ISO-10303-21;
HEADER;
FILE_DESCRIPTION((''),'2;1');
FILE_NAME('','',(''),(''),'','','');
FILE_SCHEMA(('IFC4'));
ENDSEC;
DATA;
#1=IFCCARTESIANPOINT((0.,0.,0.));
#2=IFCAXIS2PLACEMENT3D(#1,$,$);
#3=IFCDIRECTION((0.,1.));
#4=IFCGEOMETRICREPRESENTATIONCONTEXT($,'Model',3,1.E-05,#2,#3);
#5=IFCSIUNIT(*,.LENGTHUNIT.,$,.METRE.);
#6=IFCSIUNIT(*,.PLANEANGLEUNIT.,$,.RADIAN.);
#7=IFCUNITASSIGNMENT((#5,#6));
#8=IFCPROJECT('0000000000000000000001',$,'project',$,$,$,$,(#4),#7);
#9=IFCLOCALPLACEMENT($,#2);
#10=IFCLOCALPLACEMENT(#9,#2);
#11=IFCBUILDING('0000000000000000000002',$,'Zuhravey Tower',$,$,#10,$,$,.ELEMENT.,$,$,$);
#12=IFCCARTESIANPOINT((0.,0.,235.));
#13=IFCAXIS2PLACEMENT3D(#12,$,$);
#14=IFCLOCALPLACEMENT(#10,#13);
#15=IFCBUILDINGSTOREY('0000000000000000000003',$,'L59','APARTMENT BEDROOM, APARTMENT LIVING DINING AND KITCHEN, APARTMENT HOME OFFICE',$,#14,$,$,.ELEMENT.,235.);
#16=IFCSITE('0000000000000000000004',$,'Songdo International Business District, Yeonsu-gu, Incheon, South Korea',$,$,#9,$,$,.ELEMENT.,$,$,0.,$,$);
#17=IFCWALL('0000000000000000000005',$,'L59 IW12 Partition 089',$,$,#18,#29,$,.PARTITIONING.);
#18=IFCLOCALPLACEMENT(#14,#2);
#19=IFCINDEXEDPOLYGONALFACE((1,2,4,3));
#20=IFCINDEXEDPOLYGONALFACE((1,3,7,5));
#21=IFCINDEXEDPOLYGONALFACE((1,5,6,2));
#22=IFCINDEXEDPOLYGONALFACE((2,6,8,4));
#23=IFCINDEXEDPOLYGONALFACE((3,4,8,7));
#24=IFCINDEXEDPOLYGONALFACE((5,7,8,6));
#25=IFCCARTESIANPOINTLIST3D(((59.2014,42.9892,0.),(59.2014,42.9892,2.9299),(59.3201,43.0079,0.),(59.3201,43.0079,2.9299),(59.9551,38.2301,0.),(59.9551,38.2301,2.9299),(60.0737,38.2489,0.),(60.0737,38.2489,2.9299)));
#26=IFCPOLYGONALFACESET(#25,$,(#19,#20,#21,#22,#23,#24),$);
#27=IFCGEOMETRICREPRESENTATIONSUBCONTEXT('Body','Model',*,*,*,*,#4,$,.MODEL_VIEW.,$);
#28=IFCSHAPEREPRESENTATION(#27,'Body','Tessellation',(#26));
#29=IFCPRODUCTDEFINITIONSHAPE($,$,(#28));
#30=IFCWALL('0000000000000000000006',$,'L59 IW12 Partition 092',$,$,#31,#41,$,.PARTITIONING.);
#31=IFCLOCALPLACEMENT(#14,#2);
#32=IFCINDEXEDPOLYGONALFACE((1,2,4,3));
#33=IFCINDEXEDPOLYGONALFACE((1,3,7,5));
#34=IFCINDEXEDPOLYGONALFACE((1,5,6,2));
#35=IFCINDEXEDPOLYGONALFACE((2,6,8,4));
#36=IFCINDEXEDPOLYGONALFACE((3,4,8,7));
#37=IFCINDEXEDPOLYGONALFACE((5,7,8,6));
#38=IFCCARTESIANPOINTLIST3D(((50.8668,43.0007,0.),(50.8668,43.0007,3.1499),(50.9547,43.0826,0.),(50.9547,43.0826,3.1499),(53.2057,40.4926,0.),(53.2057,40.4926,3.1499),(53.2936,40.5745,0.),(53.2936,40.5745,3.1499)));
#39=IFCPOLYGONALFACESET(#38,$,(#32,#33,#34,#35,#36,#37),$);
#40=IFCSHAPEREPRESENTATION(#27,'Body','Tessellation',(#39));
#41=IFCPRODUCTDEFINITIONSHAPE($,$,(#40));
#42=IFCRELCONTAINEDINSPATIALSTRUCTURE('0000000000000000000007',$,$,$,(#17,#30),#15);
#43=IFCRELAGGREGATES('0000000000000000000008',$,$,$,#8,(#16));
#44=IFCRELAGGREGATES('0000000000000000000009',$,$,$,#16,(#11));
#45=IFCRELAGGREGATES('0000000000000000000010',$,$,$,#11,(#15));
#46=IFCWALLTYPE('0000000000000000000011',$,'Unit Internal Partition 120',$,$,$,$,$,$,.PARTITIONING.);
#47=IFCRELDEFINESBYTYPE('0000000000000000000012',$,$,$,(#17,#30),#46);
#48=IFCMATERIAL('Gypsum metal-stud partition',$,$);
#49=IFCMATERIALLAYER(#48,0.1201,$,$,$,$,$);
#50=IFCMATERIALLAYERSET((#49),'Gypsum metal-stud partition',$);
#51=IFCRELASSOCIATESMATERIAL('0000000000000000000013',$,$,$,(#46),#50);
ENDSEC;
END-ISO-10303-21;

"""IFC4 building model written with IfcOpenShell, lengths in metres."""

from ifc_helpers import new_model, si_unit, direction, frame, frame_2d, origin, place, context, subcontext, project, spatial, rectangle, extrude, material, layer, layer_set, type_object, element, save


model = new_model("IFC4")

# Units and contexts
model_context = context("Model", 3, precision=1e-05, world=origin(), true_north=direction((0.0, 1.0)))
body_context = subcontext(model_context, "Body", "Model", "MODEL_VIEW")
ifc_project = project(units=[si_unit("LENGTHUNIT", "METRE"), si_unit("PLANEANGLEUNIT", "RADIAN")], contexts=[model_context])

# Site, building, storey
site_placement = place(None, origin())
site = spatial("IfcSite", under=ifc_project, at=site_placement, Name="Songdo International Business District, Yeonsu-gu, Incheon, South Korea", CompositionType="ELEMENT", RefElevation=0.0)
building_placement = place(site_placement, origin())
building = spatial("IfcBuilding", under=site, at=building_placement, Name="Zuhravey Tower", CompositionType="ELEMENT")
storey_placement = place(building_placement, frame((0.0, 0.0, 235.0)))
storey = spatial("IfcBuildingStorey", under=building, at=storey_placement, Name="L59", Description="APARTMENT BEDROOM, APARTMENT LIVING DINING AND KITCHEN, APARTMENT HOME OFFICE", CompositionType="ELEMENT", Elevation=235.0)

# Shared definitions
ifc_material_1 = material(Name="Gypsum metal-stud partition")
ifc_layer_1 = layer(ifc_material_1, 0.1201)
ifc_layer_set_1 = layer_set([ifc_layer_1], Name="Gypsum metal-stud partition")
wall_type_1 = type_object("IfcWallType", Name="Unit Internal Partition 120", PredefinedType="PARTITIONING", material=ifc_layer_set_1)

# Walls
wall_1_placement = place(storey_placement, frame((60.0144, 38.2395, 0.0), z_axis=(0.0, 0.0, 1.0), x_axis=(-0.156415, 0.987691, 0.0)))
element("IfcWall", 1, at=wall_1_placement, inside=storey, type_object=wall_type_1, Name="L59 IW12 Partition 089", PredefinedType="PARTITIONING", context=body_context, shape_type="SweptSolid", body=[
    extrude(rectangle(XDim=4.8184, YDim=0.1201, at=frame_2d((2.4092, 0.0))), origin(), (0.0, 0.0, 1.0), 2.9299),
])
wall_2_placement = place(storey_placement, frame((53.2498, 40.5334, 0.0), z_axis=(0.0, 0.0, 1.0), x_axis=(-0.682009, 0.731344, 0.0)))
element("IfcWall", 2, at=wall_2_placement, inside=storey, type_object=wall_type_1, Name="L59 IW12 Partition 092", PredefinedType="PARTITIONING", context=body_context, shape_type="SweptSolid", body=[
    extrude(rectangle(XDim=3.4294, YDim=0.1201, at=frame_2d((1.7148, 0.0))), origin(), (0.0, 0.0, 1.0), 3.1499),
])

save(model, "model.ifc")
